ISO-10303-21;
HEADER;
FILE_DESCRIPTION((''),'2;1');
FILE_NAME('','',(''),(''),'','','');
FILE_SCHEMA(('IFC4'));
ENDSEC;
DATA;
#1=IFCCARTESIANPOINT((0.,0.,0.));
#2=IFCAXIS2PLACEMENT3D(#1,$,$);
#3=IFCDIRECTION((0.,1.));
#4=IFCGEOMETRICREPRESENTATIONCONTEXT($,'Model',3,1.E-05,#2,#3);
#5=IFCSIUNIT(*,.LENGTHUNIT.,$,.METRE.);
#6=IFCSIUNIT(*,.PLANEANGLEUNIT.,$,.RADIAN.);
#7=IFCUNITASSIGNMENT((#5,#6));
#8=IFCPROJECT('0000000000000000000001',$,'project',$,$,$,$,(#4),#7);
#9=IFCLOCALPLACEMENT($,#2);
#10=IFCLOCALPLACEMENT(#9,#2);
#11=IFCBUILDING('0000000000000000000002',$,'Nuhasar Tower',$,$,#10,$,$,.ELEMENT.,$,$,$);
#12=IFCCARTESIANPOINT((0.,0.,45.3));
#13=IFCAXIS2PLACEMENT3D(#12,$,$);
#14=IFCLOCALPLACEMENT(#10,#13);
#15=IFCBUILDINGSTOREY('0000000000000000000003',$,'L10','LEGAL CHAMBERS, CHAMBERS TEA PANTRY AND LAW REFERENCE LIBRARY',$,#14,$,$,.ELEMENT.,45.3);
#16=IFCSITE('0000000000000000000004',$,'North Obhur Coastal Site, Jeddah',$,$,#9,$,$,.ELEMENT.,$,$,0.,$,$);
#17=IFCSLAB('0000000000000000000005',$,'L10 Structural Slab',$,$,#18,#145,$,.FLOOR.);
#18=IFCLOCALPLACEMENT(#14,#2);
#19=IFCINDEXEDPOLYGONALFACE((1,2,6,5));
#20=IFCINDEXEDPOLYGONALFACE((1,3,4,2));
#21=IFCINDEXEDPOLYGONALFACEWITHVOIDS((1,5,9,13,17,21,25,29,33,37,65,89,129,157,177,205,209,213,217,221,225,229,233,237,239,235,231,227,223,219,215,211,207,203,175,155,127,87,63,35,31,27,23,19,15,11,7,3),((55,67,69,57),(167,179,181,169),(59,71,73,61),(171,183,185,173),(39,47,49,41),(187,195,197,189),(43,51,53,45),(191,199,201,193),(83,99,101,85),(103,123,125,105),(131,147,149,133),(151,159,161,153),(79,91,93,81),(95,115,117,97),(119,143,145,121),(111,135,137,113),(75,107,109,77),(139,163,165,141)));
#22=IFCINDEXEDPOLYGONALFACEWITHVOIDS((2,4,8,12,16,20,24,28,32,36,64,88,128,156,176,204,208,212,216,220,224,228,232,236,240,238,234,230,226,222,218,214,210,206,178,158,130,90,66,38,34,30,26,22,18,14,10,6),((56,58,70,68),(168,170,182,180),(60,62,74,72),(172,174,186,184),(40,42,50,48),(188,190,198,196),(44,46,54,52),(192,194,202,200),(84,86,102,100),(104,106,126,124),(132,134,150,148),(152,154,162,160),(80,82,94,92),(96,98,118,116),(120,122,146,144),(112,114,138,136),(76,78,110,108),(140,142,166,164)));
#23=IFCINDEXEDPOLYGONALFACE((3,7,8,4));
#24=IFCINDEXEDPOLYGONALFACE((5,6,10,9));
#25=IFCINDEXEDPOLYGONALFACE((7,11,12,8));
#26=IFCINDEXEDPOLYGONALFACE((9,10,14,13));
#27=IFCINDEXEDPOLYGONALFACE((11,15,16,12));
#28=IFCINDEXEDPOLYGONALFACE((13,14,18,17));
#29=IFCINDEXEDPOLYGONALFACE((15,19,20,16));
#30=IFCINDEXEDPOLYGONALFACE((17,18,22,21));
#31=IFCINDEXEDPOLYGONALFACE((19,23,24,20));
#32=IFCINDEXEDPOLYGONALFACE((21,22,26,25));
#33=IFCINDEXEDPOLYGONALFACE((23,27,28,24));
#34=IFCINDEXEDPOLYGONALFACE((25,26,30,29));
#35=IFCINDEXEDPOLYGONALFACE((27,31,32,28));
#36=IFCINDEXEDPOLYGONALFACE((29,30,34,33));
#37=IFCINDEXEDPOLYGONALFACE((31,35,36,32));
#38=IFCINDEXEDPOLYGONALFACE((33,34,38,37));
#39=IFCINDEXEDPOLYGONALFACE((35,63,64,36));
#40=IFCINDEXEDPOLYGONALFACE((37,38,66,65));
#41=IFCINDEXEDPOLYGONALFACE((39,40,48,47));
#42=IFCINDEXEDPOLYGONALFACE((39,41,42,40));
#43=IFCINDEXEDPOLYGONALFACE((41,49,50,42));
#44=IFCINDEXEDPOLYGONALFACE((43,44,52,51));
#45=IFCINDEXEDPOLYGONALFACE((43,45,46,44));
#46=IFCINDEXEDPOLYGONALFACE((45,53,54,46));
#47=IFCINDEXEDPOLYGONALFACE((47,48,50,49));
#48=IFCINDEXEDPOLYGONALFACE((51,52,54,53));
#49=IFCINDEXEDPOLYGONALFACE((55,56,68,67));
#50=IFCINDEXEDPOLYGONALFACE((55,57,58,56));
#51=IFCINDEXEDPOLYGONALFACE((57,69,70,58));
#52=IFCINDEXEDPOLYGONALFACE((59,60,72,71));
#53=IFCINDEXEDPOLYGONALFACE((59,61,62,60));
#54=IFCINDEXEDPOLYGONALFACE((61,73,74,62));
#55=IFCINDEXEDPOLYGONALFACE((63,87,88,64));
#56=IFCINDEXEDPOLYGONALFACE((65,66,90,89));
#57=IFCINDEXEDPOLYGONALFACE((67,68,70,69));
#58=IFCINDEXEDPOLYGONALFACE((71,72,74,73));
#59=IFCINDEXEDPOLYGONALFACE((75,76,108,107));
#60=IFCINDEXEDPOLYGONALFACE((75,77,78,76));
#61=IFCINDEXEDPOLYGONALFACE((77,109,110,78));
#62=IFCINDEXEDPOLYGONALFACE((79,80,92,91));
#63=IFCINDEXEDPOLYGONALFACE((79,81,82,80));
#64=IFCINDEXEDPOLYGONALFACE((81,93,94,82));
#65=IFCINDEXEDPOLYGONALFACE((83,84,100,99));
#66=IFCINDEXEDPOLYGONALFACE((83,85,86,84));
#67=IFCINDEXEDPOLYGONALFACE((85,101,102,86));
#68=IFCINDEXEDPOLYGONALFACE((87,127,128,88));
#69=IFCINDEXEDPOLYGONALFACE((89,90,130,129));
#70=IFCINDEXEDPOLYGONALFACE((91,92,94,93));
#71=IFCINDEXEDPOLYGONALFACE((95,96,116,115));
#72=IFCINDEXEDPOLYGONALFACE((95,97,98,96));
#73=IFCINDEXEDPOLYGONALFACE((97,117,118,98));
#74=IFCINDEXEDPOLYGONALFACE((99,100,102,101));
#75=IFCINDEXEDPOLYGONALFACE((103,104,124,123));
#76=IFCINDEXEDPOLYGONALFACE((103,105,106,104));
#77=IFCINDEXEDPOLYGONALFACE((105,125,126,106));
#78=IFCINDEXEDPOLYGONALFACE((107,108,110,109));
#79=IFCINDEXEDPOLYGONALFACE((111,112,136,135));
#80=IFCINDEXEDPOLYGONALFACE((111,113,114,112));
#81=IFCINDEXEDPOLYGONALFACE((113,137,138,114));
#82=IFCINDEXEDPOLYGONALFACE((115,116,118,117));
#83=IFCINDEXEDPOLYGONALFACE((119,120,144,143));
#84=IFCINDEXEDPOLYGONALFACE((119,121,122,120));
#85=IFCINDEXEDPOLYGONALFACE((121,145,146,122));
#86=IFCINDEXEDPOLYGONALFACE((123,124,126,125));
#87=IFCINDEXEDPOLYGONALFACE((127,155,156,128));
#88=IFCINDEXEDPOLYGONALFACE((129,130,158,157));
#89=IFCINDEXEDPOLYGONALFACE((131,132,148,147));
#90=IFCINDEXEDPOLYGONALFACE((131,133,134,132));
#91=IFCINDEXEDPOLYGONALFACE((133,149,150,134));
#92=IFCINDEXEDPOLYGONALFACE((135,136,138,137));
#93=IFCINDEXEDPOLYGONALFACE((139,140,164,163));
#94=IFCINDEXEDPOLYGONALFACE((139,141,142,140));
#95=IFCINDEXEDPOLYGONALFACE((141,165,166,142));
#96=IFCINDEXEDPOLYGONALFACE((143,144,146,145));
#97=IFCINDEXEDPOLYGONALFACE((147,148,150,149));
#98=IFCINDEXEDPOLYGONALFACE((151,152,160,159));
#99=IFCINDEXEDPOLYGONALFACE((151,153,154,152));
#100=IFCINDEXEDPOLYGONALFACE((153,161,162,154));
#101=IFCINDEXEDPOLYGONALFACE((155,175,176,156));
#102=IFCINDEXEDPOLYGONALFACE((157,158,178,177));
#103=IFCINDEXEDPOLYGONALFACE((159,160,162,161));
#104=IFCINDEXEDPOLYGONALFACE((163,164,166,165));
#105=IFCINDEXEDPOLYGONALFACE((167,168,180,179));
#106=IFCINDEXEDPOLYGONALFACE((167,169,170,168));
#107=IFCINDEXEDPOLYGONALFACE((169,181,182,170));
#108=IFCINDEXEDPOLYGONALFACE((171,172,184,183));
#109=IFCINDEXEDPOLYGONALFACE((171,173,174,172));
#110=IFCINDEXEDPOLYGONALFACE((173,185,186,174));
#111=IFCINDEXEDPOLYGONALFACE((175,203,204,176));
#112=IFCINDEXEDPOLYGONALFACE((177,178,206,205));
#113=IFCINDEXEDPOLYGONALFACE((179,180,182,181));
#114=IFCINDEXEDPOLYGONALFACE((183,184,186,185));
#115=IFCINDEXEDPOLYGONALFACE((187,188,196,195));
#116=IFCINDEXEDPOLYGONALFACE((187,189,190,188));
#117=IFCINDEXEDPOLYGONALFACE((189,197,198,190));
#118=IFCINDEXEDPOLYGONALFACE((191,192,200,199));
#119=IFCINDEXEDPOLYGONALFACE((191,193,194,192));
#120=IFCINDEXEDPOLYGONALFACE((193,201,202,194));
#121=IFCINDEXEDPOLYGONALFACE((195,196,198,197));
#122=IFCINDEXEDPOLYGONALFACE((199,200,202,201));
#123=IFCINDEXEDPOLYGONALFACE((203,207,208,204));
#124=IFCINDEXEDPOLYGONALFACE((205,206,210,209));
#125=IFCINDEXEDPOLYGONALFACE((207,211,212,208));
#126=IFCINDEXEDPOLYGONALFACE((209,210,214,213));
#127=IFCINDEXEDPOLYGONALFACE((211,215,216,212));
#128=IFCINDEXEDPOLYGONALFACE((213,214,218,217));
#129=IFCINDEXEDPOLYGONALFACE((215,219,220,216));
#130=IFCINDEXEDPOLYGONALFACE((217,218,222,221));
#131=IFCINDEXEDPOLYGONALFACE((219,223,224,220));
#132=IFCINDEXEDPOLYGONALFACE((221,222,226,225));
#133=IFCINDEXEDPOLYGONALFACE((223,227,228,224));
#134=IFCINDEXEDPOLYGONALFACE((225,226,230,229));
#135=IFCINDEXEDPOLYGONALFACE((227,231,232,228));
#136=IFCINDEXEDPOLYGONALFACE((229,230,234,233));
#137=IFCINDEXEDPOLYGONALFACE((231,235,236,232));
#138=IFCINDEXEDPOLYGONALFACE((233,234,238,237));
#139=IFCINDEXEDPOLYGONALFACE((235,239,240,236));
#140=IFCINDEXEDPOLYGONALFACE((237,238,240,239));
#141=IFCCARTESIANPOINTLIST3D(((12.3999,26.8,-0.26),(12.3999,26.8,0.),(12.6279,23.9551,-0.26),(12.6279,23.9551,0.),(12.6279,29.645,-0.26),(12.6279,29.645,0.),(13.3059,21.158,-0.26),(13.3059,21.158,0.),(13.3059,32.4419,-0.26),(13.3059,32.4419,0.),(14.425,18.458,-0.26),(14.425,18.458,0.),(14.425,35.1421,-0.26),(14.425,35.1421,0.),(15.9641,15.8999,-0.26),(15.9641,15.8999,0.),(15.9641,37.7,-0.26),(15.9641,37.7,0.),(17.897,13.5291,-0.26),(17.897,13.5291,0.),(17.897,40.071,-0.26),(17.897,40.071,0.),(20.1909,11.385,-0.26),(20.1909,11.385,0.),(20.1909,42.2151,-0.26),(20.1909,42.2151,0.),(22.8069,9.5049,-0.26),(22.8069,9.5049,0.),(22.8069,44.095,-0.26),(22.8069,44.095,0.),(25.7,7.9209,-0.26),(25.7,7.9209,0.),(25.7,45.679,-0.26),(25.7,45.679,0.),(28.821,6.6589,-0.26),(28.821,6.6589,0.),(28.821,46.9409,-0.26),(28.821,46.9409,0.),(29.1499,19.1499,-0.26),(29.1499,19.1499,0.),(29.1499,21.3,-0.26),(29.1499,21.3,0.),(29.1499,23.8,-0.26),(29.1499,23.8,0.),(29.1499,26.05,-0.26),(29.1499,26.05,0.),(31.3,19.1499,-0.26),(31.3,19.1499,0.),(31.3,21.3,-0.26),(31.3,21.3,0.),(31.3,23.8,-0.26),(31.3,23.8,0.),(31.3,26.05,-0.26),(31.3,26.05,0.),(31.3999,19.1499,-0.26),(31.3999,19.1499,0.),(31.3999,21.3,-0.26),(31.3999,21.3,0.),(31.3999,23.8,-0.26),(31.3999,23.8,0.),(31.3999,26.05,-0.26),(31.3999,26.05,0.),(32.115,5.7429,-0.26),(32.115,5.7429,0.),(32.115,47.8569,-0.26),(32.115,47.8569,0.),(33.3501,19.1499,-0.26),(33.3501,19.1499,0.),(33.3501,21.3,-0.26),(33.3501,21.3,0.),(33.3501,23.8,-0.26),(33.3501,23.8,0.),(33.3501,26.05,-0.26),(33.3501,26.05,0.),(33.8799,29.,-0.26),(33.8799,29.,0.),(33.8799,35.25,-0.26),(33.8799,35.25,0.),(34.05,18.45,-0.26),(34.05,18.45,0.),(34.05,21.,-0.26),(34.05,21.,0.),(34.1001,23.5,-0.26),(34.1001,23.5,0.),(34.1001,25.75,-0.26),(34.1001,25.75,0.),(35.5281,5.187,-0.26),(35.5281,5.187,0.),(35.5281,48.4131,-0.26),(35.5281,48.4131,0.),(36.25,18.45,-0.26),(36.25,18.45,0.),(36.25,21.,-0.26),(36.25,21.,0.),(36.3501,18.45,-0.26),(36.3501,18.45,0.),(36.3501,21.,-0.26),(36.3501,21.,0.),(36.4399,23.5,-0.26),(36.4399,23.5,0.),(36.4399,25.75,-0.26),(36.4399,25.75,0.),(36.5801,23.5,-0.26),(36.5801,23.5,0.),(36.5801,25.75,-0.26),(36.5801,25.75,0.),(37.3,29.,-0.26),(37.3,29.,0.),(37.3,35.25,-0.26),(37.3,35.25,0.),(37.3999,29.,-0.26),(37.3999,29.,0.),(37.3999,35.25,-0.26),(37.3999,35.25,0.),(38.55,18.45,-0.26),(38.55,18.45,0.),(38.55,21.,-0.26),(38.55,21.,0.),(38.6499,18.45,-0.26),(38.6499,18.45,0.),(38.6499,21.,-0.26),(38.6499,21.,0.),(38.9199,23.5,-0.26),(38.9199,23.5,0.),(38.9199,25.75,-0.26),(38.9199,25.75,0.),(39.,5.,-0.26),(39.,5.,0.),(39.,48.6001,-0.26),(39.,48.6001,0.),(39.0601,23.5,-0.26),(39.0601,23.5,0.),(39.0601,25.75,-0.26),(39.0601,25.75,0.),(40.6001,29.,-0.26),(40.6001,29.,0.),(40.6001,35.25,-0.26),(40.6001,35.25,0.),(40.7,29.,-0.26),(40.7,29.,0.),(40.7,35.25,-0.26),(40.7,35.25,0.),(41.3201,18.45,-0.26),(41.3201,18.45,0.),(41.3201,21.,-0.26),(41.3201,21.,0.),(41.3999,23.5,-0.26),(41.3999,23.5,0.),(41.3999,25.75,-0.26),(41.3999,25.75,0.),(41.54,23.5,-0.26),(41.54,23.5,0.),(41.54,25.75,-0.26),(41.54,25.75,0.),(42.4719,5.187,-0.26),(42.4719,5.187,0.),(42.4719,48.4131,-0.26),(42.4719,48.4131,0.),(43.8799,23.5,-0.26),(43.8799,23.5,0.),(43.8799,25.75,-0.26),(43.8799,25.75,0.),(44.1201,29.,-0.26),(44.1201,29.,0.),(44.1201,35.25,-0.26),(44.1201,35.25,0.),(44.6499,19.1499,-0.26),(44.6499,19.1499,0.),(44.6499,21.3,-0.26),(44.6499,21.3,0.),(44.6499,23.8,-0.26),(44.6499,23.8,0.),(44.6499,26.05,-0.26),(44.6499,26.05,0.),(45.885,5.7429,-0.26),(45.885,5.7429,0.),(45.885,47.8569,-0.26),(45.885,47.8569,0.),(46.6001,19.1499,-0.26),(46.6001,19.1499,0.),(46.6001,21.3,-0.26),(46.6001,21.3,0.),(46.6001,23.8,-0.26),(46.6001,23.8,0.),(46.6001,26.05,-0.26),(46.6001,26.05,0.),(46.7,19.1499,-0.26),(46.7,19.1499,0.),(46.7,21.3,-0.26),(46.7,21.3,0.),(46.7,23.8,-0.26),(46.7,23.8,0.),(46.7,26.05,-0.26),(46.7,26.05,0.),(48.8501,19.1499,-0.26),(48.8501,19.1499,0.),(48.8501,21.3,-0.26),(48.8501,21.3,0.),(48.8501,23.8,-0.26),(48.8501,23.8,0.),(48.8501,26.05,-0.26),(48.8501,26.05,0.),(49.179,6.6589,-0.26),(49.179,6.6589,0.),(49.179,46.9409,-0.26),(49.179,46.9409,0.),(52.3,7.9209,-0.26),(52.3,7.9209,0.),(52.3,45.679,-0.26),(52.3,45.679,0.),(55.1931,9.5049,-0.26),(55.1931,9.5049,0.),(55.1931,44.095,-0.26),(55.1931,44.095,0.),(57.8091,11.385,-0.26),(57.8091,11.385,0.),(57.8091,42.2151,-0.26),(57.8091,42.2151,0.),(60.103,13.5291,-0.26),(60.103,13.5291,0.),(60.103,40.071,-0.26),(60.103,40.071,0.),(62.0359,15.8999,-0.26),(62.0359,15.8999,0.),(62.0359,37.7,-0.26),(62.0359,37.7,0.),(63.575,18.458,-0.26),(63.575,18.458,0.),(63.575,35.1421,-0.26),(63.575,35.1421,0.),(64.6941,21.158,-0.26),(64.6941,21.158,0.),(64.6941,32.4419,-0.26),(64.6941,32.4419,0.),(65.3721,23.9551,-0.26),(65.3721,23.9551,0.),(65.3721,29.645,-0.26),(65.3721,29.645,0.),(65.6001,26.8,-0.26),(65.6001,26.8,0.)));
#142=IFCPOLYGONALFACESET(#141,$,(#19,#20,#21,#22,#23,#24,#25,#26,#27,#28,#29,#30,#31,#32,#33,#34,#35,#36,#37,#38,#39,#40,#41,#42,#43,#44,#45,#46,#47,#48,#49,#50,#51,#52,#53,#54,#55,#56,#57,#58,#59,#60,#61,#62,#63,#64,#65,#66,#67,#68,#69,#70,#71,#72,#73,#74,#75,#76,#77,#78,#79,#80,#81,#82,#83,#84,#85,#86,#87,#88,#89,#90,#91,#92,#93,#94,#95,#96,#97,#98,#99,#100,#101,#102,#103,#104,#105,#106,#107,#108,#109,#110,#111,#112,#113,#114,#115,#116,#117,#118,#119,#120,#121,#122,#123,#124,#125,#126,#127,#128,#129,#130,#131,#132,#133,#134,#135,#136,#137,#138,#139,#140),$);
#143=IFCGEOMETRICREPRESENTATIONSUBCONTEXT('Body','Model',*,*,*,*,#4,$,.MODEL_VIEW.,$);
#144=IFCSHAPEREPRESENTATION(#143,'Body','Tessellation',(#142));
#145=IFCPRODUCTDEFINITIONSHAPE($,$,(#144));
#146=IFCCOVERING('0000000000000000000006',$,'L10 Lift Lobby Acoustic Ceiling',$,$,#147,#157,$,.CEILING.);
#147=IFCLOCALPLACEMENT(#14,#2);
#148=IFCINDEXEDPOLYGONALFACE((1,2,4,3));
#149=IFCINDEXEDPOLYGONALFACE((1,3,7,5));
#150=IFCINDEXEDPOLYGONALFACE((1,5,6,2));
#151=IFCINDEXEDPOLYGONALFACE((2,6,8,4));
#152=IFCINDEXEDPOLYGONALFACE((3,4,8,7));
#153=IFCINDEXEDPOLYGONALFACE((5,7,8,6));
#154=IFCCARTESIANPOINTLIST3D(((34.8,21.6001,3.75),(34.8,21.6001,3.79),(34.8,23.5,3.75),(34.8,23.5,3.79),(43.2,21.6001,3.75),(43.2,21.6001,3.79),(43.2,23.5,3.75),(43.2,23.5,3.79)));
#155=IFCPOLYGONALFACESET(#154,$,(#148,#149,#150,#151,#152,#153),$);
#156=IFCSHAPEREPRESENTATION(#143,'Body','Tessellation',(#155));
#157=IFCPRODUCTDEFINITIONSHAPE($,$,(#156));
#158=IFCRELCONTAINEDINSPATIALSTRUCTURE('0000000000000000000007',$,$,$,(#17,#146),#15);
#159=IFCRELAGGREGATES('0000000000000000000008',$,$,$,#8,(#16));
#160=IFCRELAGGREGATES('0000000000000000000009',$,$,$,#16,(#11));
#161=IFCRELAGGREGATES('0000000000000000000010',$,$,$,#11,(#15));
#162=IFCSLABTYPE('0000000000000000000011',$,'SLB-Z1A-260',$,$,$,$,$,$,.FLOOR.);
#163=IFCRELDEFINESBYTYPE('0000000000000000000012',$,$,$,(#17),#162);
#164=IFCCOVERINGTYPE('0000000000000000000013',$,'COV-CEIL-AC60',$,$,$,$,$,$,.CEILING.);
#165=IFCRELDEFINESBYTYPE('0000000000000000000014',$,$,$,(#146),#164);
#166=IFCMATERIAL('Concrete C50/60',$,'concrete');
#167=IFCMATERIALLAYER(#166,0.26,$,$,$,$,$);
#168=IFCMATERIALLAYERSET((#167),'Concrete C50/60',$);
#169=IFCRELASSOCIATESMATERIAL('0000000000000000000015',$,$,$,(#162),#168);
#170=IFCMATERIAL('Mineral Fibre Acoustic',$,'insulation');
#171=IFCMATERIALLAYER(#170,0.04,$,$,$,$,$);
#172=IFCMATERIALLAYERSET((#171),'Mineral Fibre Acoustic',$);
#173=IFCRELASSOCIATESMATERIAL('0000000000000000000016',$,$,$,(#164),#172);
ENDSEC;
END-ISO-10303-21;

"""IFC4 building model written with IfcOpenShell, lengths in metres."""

from ifc_helpers import new_model, si_unit, direction, frame, origin, place, context, subcontext, project, spatial, polyline, outline, extrude, material, layer, layer_set, type_object, element, save


model = new_model("IFC4")

# Units and contexts
model_context = context("Model", 3, precision=1e-05, world=origin(), true_north=direction((0.0, 1.0)))
body_context = subcontext(model_context, "Body", "Model", "MODEL_VIEW")
ifc_project = project(units=[si_unit("LENGTHUNIT", "METRE"), si_unit("PLANEANGLEUNIT", "RADIAN")], contexts=[model_context])

# Site, building, storey
site_placement = place(None, origin())
site = spatial("IfcSite", under=ifc_project, at=site_placement, Name="North Obhur Coastal Site, Jeddah", CompositionType="ELEMENT", RefElevation=0.0)
building_placement = place(site_placement, origin())
building = spatial("IfcBuilding", under=site, at=building_placement, Name="Nuhasar Tower", CompositionType="ELEMENT")
storey_placement = place(building_placement, frame((0.0, 0.0, 45.3)))
storey = spatial("IfcBuildingStorey", under=building, at=storey_placement, Name="L10", Description="LEGAL CHAMBERS, CHAMBERS TEA PANTRY AND LAW REFERENCE LIBRARY", CompositionType="ELEMENT", Elevation=45.3)

# Slab
ifc_material_1 = material(Name="Concrete C50/60", Category="concrete")
ifc_layer_1 = layer(ifc_material_1, 0.26)
ifc_layer_set_1 = layer_set([ifc_layer_1], Name="Concrete C50/60")
slab_type_1 = type_object("IfcSlabType", Name="SLB-Z1A-260", PredefinedType="FLOOR", material=ifc_layer_set_1)
slab_1_placement = place(storey_placement, frame((0.0, 0.0, -0.26)))
element("IfcSlab", 1, at=slab_1_placement, inside=storey, type_object=slab_type_1, Name="L10 Structural Slab", PredefinedType="FLOOR", context=body_context, shape_type="SweptSolid", body=[
    extrude(outline(polyline([(65.6001, 26.8), (65.3721, 29.645), (64.6941, 32.4419), (63.575, 35.1421), (62.0359, 37.7), (60.103, 40.071), (57.8091, 42.2151), (55.1931, 44.095), (52.3, 45.679), (49.179, 46.9409), (45.885, 47.8569), (42.4719, 48.4131), (39.0, 48.6001), (35.5281, 48.4131), (32.115, 47.8569), (28.821, 46.9409), (25.7, 45.679), (22.8069, 44.095), (20.1909, 42.2151), (17.897, 40.071), (15.9641, 37.7), (14.425, 35.1421), (13.3059, 32.4419), (12.6279, 29.645), (12.3999, 26.8), (12.6279, 23.9551), (13.3059, 21.158), (14.425, 18.458), (15.9641, 15.8999), (17.897, 13.5291), (20.1909, 11.385), (22.8069, 9.5049), (25.7, 7.9209), (28.821, 6.6589), (32.115, 5.7429), (35.5281, 5.187), (39.0, 5.0), (42.4719, 5.187), (45.885, 5.7429), (49.179, 6.6589), (52.3, 7.9209), (55.1931, 9.5049), (57.8091, 11.385), (60.103, 13.5291), (62.0359, 15.8999), (63.575, 18.458), (64.6941, 21.158), (65.3721, 23.9551), (65.6001, 26.8)]), holes=[polyline([(33.8799, 35.25), (37.3, 35.25), (37.3, 29.0), (33.8799, 29.0), (33.8799, 35.25)]), polyline([(37.3999, 35.25), (40.6001, 35.25), (40.6001, 29.0), (37.3999, 29.0), (37.3999, 35.25)]), polyline([(40.7, 35.25), (44.1201, 35.25), (44.1201, 29.0), (40.7, 29.0), (40.7, 35.25)]), polyline([(29.1499, 26.05), (31.3, 26.05), (31.3, 23.8), (29.1499, 23.8), (29.1499, 26.05)]), polyline([(31.3999, 26.05), (33.3501, 26.05), (33.3501, 23.8), (31.3999, 23.8), (31.3999, 26.05)]), polyline([(29.1499, 21.3), (31.3, 21.3), (31.3, 19.1499), (29.1499, 19.1499), (29.1499, 21.3)]), polyline([(31.3999, 21.3), (33.3501, 21.3), (33.3501, 19.1499), (31.3999, 19.1499), (31.3999, 21.3)]), polyline([(44.6499, 26.05), (46.6001, 26.05), (46.6001, 23.8), (44.6499, 23.8), (44.6499, 26.05)]), polyline([(46.7, 26.05), (48.8501, 26.05), (48.8501, 23.8), (46.7, 23.8), (46.7, 26.05)]), polyline([(44.6499, 21.3), (46.6001, 21.3), (46.6001, 19.1499), (44.6499, 19.1499), (44.6499, 21.3)]), polyline([(46.7, 21.3), (48.8501, 21.3), (48.8501, 19.1499), (46.7, 19.1499), (46.7, 21.3)]), polyline([(34.1001, 25.75), (36.4399, 25.75), (36.4399, 23.5), (34.1001, 23.5), (34.1001, 25.75)]), polyline([(36.5801, 25.75), (38.9199, 25.75), (38.9199, 23.5), (36.5801, 23.5), (36.5801, 25.75)]), polyline([(39.0601, 25.75), (41.3999, 25.75), (41.3999, 23.5), (39.0601, 23.5), (39.0601, 25.75)]), polyline([(41.54, 25.75), (43.8799, 25.75), (43.8799, 23.5), (41.54, 23.5), (41.54, 25.75)]), polyline([(34.05, 21.0), (36.25, 21.0), (36.25, 18.45), (34.05, 18.45), (34.05, 21.0)]), polyline([(36.3501, 21.0), (38.55, 21.0), (38.55, 18.45), (36.3501, 18.45), (36.3501, 21.0)]), polyline([(38.6499, 21.0), (41.3201, 21.0), (41.3201, 18.45), (38.6499, 18.45), (38.6499, 21.0)])]), origin(), (0.0, 0.0, 1.0), 0.26),
])

# Covering
ifc_material_2 = material(Name="Mineral Fibre Acoustic", Category="insulation")
ifc_layer_2 = layer(ifc_material_2, 0.04)
ifc_layer_set_2 = layer_set([ifc_layer_2], Name="Mineral Fibre Acoustic")
covering_type = type_object("IfcCoveringType", Name="COV-CEIL-AC60", PredefinedType="CEILING", material=ifc_layer_set_2)
covering_placement = place(storey_placement, frame((0.0, 0.0, 3.75)))
element("IfcCovering", 2, at=covering_placement, inside=storey, type_object=covering_type, Name="L10 Lift Lobby Acoustic Ceiling", PredefinedType="CEILING", context=body_context, shape_type="SweptSolid", body=[
    extrude(outline(polyline([(34.8, 21.6001), (43.2, 21.6001), (43.2, 23.5), (34.8, 23.5), (34.8, 21.6001)])), origin(), (0.0, 0.0, 1.0), 0.04),
])

save(model, "model.ifc")
